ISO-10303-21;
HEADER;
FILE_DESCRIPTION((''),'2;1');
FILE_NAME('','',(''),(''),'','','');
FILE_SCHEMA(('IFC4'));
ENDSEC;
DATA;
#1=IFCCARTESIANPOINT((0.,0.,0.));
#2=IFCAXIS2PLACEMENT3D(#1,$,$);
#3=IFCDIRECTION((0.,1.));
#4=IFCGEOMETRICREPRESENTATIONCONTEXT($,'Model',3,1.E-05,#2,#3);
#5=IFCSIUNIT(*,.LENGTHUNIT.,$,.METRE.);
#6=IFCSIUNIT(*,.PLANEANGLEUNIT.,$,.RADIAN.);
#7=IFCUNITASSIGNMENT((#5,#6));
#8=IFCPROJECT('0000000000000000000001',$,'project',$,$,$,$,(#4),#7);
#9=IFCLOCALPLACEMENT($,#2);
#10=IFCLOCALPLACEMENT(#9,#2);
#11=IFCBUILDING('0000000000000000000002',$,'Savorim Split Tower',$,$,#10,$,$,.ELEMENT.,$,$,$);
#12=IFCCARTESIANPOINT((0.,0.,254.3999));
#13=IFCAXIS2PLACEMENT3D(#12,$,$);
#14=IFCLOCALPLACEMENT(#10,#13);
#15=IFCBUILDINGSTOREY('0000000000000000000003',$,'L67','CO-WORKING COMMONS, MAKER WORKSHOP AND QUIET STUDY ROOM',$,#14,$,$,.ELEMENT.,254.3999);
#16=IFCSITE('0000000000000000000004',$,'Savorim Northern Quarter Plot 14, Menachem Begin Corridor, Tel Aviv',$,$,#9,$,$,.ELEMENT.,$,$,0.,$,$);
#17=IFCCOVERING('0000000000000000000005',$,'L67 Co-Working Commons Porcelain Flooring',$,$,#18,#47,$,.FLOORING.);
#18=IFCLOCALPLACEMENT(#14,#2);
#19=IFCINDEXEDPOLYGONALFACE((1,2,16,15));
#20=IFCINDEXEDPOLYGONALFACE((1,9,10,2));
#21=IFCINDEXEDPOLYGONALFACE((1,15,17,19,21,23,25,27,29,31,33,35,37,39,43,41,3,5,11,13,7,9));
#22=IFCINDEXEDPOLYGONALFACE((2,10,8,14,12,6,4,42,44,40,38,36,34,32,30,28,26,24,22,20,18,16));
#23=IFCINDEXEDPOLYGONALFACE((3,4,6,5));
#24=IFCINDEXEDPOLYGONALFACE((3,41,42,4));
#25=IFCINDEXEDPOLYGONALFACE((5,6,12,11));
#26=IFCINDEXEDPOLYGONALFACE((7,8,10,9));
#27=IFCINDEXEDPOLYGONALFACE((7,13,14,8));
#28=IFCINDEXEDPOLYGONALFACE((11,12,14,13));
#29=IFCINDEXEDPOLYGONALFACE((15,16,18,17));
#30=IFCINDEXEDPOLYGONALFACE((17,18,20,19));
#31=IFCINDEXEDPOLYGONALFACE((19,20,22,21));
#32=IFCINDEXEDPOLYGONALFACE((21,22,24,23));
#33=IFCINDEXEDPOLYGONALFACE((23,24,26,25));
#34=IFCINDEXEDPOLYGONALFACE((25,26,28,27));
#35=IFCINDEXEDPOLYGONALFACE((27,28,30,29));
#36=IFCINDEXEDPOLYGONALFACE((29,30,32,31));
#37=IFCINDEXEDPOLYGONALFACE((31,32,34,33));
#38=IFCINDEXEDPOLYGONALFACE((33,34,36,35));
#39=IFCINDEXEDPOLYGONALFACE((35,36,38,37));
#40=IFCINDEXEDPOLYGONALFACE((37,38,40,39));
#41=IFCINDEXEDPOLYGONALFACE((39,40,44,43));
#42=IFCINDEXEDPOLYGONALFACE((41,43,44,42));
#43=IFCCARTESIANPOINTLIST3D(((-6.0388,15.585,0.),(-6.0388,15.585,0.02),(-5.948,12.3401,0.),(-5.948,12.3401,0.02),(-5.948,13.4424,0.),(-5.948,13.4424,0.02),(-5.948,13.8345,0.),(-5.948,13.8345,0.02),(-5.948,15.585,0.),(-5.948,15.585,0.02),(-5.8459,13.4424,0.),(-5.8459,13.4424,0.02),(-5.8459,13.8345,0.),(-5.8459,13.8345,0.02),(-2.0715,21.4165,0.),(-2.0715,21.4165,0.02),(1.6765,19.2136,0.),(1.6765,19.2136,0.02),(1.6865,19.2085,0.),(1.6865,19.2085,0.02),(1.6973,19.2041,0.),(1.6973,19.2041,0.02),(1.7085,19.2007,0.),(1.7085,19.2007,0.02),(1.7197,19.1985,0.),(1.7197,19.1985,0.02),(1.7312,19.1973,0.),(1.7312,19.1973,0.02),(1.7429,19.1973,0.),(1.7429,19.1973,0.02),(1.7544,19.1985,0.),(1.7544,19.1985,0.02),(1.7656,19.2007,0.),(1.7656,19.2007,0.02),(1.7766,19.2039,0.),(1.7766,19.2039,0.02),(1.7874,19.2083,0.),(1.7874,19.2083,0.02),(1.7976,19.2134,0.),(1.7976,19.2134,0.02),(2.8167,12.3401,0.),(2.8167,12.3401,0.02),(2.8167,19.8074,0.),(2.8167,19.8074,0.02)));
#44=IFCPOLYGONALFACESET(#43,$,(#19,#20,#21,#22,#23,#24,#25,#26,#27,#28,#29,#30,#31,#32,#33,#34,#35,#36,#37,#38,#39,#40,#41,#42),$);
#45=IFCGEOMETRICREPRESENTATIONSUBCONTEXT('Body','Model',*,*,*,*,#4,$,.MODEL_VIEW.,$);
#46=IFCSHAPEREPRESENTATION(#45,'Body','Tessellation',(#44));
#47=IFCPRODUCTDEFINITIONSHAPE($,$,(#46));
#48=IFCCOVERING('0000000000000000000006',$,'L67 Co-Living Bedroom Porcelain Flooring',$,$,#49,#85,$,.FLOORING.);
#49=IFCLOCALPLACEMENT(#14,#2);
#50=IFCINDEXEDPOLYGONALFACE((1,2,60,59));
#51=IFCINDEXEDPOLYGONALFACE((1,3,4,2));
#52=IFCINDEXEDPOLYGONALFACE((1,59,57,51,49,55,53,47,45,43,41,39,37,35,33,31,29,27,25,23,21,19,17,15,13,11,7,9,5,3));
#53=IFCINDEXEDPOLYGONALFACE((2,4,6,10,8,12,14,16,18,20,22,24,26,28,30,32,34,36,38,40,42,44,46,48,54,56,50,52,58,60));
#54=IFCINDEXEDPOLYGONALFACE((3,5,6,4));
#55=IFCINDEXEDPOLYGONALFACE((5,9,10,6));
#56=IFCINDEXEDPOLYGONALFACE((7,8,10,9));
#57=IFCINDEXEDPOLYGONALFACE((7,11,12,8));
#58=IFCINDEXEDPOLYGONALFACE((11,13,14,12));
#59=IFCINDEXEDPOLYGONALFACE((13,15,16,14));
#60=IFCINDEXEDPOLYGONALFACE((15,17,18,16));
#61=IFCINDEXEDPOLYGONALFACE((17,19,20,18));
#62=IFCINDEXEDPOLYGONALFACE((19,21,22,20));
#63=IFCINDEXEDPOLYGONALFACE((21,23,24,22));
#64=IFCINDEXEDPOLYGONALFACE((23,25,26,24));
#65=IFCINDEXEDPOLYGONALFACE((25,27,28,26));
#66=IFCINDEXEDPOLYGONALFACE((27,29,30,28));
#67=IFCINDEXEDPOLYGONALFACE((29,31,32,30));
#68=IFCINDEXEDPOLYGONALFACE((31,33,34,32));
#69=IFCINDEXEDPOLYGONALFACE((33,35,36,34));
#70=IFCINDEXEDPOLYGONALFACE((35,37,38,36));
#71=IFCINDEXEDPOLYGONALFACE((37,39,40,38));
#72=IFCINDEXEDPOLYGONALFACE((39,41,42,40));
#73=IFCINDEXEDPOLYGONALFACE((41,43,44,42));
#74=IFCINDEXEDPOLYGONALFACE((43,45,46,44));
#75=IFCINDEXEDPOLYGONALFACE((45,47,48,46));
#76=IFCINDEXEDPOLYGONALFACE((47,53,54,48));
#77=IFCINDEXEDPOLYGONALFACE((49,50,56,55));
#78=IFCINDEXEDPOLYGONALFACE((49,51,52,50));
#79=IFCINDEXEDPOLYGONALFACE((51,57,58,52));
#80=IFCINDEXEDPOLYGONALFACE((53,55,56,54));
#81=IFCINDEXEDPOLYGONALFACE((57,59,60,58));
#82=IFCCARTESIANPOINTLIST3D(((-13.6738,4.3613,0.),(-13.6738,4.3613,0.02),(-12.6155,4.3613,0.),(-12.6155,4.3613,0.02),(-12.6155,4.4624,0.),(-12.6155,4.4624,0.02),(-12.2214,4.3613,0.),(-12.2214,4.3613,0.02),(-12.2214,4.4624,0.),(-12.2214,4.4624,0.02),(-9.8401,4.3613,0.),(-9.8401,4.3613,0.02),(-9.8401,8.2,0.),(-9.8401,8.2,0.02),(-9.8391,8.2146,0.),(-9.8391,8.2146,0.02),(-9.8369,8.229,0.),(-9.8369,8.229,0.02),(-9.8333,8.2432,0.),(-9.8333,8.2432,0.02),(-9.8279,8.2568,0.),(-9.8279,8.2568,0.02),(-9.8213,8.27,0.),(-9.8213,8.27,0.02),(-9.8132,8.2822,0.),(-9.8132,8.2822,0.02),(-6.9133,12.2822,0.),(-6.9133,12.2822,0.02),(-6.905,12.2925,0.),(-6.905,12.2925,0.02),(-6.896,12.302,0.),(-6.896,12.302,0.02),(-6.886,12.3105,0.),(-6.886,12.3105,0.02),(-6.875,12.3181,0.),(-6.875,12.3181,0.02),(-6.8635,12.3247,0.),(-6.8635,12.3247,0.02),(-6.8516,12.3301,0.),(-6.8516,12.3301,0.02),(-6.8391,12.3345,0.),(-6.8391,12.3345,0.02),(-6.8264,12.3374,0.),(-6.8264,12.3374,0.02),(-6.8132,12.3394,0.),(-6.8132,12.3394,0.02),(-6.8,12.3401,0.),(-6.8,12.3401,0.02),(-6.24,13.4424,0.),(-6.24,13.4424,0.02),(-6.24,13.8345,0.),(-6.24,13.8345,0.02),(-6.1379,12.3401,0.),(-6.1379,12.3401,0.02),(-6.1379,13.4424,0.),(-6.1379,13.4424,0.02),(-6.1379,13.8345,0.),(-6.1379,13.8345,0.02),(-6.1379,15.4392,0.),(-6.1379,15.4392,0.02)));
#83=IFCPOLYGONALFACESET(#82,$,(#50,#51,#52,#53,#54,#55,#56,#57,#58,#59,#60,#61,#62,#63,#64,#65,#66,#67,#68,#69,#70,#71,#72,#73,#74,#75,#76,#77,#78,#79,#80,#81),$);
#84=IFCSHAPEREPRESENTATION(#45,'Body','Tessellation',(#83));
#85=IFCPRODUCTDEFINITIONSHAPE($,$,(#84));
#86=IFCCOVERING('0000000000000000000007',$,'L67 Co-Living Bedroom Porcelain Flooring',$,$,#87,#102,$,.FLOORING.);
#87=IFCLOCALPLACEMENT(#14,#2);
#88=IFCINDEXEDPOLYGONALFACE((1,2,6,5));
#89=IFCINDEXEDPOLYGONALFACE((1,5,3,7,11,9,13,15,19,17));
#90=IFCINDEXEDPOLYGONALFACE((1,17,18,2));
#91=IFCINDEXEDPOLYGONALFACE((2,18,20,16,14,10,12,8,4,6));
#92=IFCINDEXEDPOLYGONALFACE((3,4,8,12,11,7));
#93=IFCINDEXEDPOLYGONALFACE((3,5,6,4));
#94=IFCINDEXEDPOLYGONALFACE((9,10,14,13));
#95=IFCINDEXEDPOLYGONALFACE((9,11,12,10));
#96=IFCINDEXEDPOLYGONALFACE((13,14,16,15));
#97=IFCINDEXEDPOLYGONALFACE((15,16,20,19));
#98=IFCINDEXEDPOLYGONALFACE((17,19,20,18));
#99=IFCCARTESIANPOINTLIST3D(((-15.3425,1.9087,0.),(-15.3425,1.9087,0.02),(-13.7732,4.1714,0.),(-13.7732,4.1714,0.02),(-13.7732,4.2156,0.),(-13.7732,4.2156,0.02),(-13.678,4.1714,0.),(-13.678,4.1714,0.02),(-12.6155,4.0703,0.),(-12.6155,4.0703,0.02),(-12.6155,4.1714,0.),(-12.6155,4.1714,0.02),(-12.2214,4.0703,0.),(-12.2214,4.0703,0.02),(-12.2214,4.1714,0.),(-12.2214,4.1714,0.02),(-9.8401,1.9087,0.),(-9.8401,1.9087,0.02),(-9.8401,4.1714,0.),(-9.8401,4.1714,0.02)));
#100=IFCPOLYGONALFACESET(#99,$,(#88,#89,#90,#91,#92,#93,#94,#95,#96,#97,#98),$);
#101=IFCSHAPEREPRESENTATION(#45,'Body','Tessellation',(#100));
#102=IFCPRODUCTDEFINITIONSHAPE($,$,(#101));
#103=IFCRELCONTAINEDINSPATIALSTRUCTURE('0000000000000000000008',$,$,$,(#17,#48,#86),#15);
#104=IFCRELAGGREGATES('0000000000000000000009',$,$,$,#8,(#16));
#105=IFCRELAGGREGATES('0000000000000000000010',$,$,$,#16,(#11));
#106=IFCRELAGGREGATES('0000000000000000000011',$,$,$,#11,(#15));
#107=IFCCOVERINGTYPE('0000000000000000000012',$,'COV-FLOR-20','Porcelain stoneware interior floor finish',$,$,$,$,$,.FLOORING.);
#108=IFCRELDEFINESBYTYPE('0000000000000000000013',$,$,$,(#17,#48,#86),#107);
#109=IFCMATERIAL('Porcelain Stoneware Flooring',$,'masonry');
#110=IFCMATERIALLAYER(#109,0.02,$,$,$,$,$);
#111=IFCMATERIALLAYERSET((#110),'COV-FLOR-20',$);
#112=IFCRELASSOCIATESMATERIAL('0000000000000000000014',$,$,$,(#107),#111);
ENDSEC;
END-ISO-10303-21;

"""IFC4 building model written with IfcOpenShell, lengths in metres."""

from ifc_helpers import new_model, si_unit, direction, frame, origin, place, context, subcontext, project, spatial, polyline, outline, extrude, material, layer, layer_set, type_object, element, save


model = new_model("IFC4")

# Units and contexts
model_context = context("Model", 3, precision=1e-05, world=origin(), true_north=direction((0.0, 1.0)))
body_context = subcontext(model_context, "Body", "Model", "MODEL_VIEW")
ifc_project = project(units=[si_unit("LENGTHUNIT", "METRE"), si_unit("PLANEANGLEUNIT", "RADIAN")], contexts=[model_context])

# Site, building, storey
site_placement = place(None, origin())
site = spatial("IfcSite", under=ifc_project, at=site_placement, Name="Savorim Northern Quarter Plot 14, Menachem Begin Corridor, Tel Aviv", CompositionType="ELEMENT", RefElevation=0.0)
building_placement = place(site_placement, origin())
building = spatial("IfcBuilding", under=site, at=building_placement, Name="Savorim Split Tower", CompositionType="ELEMENT")
storey_placement = place(building_placement, frame((0.0, 0.0, 254.3999)))
storey = spatial("IfcBuildingStorey", under=building, at=storey_placement, Name="L67", Description="CO-WORKING COMMONS, MAKER WORKSHOP AND QUIET STUDY ROOM", CompositionType="ELEMENT", Elevation=254.3999)

# Coverings
ifc_material_1 = material(Name="Porcelain Stoneware Flooring", Category="masonry")
ifc_layer_1 = layer(ifc_material_1, 0.02)
ifc_layer_set_1 = layer_set([ifc_layer_1], Name="COV-FLOR-20")
covering_type_1 = type_object("IfcCoveringType", Name="COV-FLOR-20", Description="Porcelain stoneware interior floor finish", PredefinedType="FLOORING", material=ifc_layer_set_1)
covering_1_placement = place(storey_placement, origin())
element("IfcCovering", 1, at=covering_1_placement, inside=storey, type_object=covering_type_1, Name="L67 Co-Working Commons Porcelain Flooring", PredefinedType="FLOORING", context=body_context, shape_type="SweptSolid", body=[
    extrude(outline(polyline([(1.6973, 19.2041), (1.6865, 19.2085), (1.6765, 19.2136), (-2.0715, 21.4165), (-6.0388, 15.585), (-5.948, 15.585), (-5.948, 13.8345), (-5.8459, 13.8345), (-5.8459, 13.4424), (-5.948, 13.4424), (-5.948, 12.3401), (2.8167, 12.3401), (2.8167, 19.8074), (1.7976, 19.2134), (1.7874, 19.2083), (1.7766, 19.2039), (1.7656, 19.2007), (1.7544, 19.1985), (1.7429, 19.1973), (1.7312, 19.1973), (1.7197, 19.1985), (1.7085, 19.2007), (1.6973, 19.2041)])), origin(), (0.0, 0.0, 1.0), 0.02),
])
covering_2_placement = place(storey_placement, origin())
element("IfcCovering", 2, at=covering_2_placement, inside=storey, type_object=covering_type_1, Name="L67 Co-Living Bedroom Porcelain Flooring", PredefinedType="FLOORING", context=body_context, shape_type="SweptSolid", body=[
    extrude(outline(polyline([(-6.8132, 12.3394), (-6.8, 12.3401), (-6.1379, 12.3401), (-6.1379, 13.4424), (-6.24, 13.4424), (-6.24, 13.8345), (-6.1379, 13.8345), (-6.1379, 15.4392), (-13.6738, 4.3613), (-12.6155, 4.3613), (-12.6155, 4.4624), (-12.2214, 4.4624), (-12.2214, 4.3613), (-9.8401, 4.3613), (-9.8401, 8.2), (-9.8391, 8.2146), (-9.8369, 8.229), (-9.8333, 8.2432), (-9.8279, 8.2568), (-9.8213, 8.27), (-9.8132, 8.2822), (-6.9133, 12.2822), (-6.905, 12.2925), (-6.896, 12.302), (-6.886, 12.3105), (-6.875, 12.3181), (-6.8635, 12.3247), (-6.8516, 12.3301), (-6.8391, 12.3345), (-6.8264, 12.3374), (-6.8132, 12.3394)])), origin(), (0.0, 0.0, 1.0), 0.02),
])
covering_3_placement = place(storey_placement, origin())
element("IfcCovering", 3, at=covering_3_placement, inside=storey, type_object=covering_type_1, Name="L67 Co-Living Bedroom Porcelain Flooring", PredefinedType="FLOORING", context=body_context, shape_type="SweptSolid", body=[
    extrude(outline(polyline([(-12.6155, 4.1714), (-13.678, 4.1714), (-13.7732, 4.1714), (-13.7732, 4.2156), (-15.3425, 1.9087), (-9.8401, 1.9087), (-9.8401, 4.1714), (-12.2214, 4.1714), (-12.2214, 4.0703), (-12.6155, 4.0703), (-12.6155, 4.1714)])), origin(), (0.0, 0.0, 1.0), 0.02),
])

save(model, "model.ifc")
